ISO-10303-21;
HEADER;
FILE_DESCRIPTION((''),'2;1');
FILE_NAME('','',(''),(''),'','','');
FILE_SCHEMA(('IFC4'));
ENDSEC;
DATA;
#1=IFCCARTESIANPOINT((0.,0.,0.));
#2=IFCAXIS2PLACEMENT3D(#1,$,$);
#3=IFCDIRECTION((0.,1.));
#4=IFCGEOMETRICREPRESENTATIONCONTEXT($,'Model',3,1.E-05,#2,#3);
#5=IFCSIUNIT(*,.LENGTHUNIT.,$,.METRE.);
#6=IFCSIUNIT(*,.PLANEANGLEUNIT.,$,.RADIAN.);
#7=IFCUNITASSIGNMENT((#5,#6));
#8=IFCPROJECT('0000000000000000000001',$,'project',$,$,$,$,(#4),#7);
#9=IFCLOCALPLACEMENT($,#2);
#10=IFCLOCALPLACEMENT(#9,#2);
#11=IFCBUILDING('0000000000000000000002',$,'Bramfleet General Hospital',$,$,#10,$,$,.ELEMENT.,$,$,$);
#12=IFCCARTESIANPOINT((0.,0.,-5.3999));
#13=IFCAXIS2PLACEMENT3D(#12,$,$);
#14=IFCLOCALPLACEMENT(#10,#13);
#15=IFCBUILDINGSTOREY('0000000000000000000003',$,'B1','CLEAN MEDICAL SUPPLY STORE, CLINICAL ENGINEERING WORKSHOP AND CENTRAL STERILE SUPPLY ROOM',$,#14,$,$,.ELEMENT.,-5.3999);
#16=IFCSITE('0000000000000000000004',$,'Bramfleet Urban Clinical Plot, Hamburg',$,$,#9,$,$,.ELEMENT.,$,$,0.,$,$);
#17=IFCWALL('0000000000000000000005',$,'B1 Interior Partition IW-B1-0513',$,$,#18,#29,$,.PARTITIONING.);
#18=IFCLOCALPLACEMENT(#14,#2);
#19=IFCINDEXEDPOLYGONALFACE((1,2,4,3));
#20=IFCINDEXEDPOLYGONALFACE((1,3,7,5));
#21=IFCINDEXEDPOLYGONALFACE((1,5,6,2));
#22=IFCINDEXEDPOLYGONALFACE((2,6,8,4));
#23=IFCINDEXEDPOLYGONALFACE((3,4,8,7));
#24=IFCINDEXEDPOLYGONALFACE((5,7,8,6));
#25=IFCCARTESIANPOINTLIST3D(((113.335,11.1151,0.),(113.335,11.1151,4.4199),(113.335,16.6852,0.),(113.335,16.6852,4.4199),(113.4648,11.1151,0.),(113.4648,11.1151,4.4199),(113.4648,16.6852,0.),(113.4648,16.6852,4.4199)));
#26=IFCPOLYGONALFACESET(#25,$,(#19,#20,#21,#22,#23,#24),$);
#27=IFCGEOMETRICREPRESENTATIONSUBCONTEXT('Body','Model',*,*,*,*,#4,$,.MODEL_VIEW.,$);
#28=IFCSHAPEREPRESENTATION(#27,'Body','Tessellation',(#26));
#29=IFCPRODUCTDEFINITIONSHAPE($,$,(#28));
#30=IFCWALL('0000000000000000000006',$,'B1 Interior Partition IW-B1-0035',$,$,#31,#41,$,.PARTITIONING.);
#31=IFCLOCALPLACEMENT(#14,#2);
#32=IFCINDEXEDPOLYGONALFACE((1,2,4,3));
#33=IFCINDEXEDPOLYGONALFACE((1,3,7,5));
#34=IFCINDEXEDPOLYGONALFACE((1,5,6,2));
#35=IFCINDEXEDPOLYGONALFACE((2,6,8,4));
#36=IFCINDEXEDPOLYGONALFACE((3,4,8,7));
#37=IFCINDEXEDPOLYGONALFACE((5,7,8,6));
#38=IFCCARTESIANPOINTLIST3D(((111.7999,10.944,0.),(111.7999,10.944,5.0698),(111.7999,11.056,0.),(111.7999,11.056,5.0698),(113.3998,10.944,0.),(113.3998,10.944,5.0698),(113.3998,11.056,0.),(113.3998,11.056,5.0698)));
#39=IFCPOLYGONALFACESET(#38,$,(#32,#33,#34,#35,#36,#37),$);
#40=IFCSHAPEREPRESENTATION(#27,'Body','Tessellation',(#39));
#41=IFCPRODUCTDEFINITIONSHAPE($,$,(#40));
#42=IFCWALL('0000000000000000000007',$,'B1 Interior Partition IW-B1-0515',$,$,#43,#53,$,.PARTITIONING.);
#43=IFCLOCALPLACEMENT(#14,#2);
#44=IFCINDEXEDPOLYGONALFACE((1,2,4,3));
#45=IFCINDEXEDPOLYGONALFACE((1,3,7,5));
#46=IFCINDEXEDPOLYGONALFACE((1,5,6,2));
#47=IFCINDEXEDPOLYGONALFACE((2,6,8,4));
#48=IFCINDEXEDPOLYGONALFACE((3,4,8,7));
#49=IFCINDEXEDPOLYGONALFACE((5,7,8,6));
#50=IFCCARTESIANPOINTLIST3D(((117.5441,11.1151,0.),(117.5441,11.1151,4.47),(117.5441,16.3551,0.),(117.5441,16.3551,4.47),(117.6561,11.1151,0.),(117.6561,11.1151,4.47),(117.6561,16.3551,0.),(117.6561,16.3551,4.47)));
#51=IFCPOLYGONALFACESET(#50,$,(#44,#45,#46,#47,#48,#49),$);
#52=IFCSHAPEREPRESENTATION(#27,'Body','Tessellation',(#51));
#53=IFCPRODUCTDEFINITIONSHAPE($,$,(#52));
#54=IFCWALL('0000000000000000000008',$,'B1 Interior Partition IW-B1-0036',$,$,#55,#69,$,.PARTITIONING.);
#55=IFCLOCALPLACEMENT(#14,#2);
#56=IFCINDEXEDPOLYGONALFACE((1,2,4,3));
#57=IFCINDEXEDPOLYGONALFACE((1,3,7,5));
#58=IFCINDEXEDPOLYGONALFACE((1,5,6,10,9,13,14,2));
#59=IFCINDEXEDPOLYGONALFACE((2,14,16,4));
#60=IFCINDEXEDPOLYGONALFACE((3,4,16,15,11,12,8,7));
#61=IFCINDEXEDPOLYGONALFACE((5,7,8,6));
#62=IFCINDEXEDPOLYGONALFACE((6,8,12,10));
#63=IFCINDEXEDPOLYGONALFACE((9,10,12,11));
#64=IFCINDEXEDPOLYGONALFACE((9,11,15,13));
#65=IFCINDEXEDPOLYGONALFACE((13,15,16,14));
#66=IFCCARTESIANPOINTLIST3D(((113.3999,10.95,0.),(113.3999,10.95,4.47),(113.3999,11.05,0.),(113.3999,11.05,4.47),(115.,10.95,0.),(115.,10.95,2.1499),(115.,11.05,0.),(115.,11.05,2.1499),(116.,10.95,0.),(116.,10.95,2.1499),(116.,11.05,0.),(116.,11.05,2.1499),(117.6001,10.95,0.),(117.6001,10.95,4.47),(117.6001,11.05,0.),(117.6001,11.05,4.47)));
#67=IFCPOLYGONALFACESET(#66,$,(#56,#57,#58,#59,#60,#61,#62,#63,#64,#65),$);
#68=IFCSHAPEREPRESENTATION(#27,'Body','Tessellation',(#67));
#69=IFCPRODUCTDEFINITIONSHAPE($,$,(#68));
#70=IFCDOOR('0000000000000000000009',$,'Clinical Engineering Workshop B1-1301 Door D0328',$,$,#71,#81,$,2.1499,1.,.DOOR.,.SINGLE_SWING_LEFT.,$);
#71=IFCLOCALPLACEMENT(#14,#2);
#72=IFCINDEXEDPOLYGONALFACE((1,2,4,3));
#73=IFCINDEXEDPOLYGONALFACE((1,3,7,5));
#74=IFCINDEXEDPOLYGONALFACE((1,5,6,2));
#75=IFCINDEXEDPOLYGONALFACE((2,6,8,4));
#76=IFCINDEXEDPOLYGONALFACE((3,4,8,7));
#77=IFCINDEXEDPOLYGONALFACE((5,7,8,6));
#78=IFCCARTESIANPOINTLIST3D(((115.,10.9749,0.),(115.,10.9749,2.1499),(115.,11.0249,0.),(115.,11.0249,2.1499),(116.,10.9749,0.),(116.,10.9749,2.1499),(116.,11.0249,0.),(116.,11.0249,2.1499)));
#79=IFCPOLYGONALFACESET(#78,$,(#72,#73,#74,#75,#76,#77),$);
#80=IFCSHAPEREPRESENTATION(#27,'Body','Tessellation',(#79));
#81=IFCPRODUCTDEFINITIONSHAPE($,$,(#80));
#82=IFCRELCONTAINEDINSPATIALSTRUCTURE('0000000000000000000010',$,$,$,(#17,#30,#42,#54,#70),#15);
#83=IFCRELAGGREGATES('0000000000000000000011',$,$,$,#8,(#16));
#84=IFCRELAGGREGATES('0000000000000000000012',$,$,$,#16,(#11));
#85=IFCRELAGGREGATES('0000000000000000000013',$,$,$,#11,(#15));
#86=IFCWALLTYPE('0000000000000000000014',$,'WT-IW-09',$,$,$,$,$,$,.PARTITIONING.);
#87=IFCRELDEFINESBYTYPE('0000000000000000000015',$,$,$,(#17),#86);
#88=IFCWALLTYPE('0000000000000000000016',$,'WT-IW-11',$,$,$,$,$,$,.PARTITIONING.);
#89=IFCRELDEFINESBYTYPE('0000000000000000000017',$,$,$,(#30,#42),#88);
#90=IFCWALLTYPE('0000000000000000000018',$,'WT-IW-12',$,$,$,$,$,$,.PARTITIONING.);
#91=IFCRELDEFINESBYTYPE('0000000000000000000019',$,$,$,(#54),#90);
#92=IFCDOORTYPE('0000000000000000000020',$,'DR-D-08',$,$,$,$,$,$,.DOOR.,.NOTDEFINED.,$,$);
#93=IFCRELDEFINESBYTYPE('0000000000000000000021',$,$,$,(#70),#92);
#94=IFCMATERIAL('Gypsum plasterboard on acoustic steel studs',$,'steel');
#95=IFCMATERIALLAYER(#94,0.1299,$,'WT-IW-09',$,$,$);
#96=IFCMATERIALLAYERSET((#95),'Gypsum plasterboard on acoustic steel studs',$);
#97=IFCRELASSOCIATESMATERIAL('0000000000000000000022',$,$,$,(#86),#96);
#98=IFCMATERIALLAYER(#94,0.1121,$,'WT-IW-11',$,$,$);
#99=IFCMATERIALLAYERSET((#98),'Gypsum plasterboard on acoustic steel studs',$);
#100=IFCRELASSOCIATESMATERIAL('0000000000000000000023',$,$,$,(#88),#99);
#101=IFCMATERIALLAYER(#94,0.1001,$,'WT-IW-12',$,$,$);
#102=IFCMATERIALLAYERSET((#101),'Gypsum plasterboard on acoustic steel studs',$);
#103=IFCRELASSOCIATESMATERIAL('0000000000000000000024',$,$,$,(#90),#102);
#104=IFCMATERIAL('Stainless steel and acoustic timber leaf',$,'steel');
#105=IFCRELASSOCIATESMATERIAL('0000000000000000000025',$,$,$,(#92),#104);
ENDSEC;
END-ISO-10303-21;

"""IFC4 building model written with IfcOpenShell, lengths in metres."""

from ifc_helpers import new_model, si_unit, direction, frame, frame_2d, origin, place, context, subcontext, project, spatial, rectangle, extrude, material, layer, layer_set, type_object, element, fill, save


model = new_model("IFC4")

# Units and contexts
model_context = context("Model", 3, precision=1e-05, world=origin(), true_north=direction((0.0, 1.0)))
body_context = subcontext(model_context, "Body", "Model", "MODEL_VIEW")
ifc_project = project(units=[si_unit("LENGTHUNIT", "METRE"), si_unit("PLANEANGLEUNIT", "RADIAN")], contexts=[model_context])

# Site, building, storey
site_placement = place(None, origin())
site = spatial("IfcSite", under=ifc_project, at=site_placement, Name="Bramfleet Urban Clinical Plot, Hamburg", CompositionType="ELEMENT", RefElevation=0.0)
building_placement = place(site_placement, origin())
building = spatial("IfcBuilding", under=site, at=building_placement, Name="Bramfleet General Hospital", CompositionType="ELEMENT")
storey_placement = place(building_placement, frame((0.0, 0.0, -5.3999)))
storey = spatial("IfcBuildingStorey", under=building, at=storey_placement, Name="B1", Description="CLEAN MEDICAL SUPPLY STORE, CLINICAL ENGINEERING WORKSHOP AND CENTRAL STERILE SUPPLY ROOM", CompositionType="ELEMENT", Elevation=-5.3999)

# Shared definitions
ifc_material_1 = material(Name="Stainless steel and acoustic timber leaf", Category="steel")
ifc_material_2 = material(Name="Gypsum plasterboard on acoustic steel studs", Category="steel")

# Walls
ifc_layer_1 = layer(ifc_material_2, 0.1299, Name="WT-IW-09")
ifc_layer_set_1 = layer_set([ifc_layer_1], Name="Gypsum plasterboard on acoustic steel studs")
wall_type_1 = type_object("IfcWallType", Name="WT-IW-09", PredefinedType="PARTITIONING", material=ifc_layer_set_1)
wall_1_placement = place(storey_placement, frame((113.3999, 11.115, 0.0), z_axis=(0.0, 0.0, 1.0), x_axis=(0.0, 1.0, 0.0)))
element("IfcWall", 1, at=wall_1_placement, inside=storey, type_object=wall_type_1, Name="B1 Interior Partition IW-B1-0513", PredefinedType="PARTITIONING", context=body_context, shape_type="SweptSolid", body=[
    extrude(rectangle(XDim=5.5701, YDim=0.1299, at=frame_2d((2.7852, 0.0))), origin(), (0.0, 0.0, 1.0), 4.4199),
])
ifc_layer_2 = layer(ifc_material_2, 0.1121, Name="WT-IW-11")
ifc_layer_set_2 = layer_set([ifc_layer_2], Name="Gypsum plasterboard on acoustic steel studs")
wall_type_2 = type_object("IfcWallType", Name="WT-IW-11", PredefinedType="PARTITIONING", material=ifc_layer_set_2)
wall_2_placement = place(storey_placement, frame((111.8, 11.0, 0.0), z_axis=(0.0, 0.0, 1.0), x_axis=(1.0, 0.0, 0.0)))
element("IfcWall", 2, at=wall_2_placement, inside=storey, type_object=wall_type_2, Name="B1 Interior Partition IW-B1-0035", PredefinedType="PARTITIONING", context=body_context, shape_type="SweptSolid", body=[
    extrude(rectangle(XDim=1.5999, YDim=0.1121, at=frame_2d((0.7998, 0.0))), origin(), (0.0, 0.0, 1.0), 5.0698),
])
wall_3_placement = place(storey_placement, frame((117.6001, 11.115, 0.0), z_axis=(0.0, 0.0, 1.0), x_axis=(0.0, 1.0, 0.0)))
element("IfcWall", 3, at=wall_3_placement, inside=storey, type_object=wall_type_2, Name="B1 Interior Partition IW-B1-0515", PredefinedType="PARTITIONING", context=body_context, shape_type="SweptSolid", body=[
    extrude(rectangle(XDim=5.24, YDim=0.1121, at=frame_2d((2.6201, 0.0))), origin(), (0.0, 0.0, 1.0), 4.47),
])

# Wall, opening, door
ifc_layer_3 = layer(ifc_material_2, 0.1001, Name="WT-IW-12")
ifc_layer_set_3 = layer_set([ifc_layer_3], Name="Gypsum plasterboard on acoustic steel studs")
wall_type_3 = type_object("IfcWallType", Name="WT-IW-12", PredefinedType="PARTITIONING", material=ifc_layer_set_3)
wall_4_placement = place(storey_placement, frame((113.3999, 11.0, 0.0), z_axis=(0.0, 0.0, 1.0), x_axis=(1.0, 0.0, 0.0)))
wall_4 = element("IfcWall", 4, at=wall_4_placement, inside=storey, type_object=wall_type_3, Name="B1 Interior Partition IW-B1-0036", PredefinedType="PARTITIONING", context=body_context, shape_type="SweptSolid", body=[
    extrude(rectangle(XDim=4.2002, YDim=0.1001, at=frame_2d((2.1001, 0.0))), origin(), (0.0, 0.0, 1.0), 4.47),
])
opening_1_placement = place(wall_4_placement, frame((1.6001, 0.0, 0.0)))
opening_1 = element("IfcOpeningElement", 5, at=opening_1_placement, cuts=wall_4, PredefinedType="OPENING", context=body_context, shape_type="SweptSolid", body=[
    extrude(rectangle(XDim=1.0, YDim=2.1499, at=frame_2d((0.5, 1.075))), frame((0.0, 0.0601, 0.0), z_axis=(0.0, -1.0, 0.0), x_axis=(1.0, 0.0, 0.0)), (0.0, 0.0, 1.0), 0.1201),
])
door_type_1 = type_object("IfcDoorType", Name="DR-D-08", OperationType="NOTDEFINED", PredefinedType="DOOR", material=ifc_material_1)
door_1_placement = place(opening_1_placement, origin())
door_1 = element("IfcDoor", 6, at=door_1_placement, inside=storey, type_object=door_type_1, Name="Clinical Engineering Workshop B1-1301 Door D0328", OperationType="SINGLE_SWING_LEFT", OverallHeight=2.1499, OverallWidth=1.0, PredefinedType="DOOR", context=body_context, shape_type="SweptSolid", body=[
    extrude(rectangle(XDim=1.0, YDim=2.1499, at=frame_2d((0.5, 1.075))), frame((0.0, 0.0249, 0.0), z_axis=(0.0, -1.0, 0.0), x_axis=(1.0, 0.0, 0.0)), (0.0, 0.0, 1.0), 0.05),
])
fill(opening_1, door_1)

save(model, "model.ifc")
